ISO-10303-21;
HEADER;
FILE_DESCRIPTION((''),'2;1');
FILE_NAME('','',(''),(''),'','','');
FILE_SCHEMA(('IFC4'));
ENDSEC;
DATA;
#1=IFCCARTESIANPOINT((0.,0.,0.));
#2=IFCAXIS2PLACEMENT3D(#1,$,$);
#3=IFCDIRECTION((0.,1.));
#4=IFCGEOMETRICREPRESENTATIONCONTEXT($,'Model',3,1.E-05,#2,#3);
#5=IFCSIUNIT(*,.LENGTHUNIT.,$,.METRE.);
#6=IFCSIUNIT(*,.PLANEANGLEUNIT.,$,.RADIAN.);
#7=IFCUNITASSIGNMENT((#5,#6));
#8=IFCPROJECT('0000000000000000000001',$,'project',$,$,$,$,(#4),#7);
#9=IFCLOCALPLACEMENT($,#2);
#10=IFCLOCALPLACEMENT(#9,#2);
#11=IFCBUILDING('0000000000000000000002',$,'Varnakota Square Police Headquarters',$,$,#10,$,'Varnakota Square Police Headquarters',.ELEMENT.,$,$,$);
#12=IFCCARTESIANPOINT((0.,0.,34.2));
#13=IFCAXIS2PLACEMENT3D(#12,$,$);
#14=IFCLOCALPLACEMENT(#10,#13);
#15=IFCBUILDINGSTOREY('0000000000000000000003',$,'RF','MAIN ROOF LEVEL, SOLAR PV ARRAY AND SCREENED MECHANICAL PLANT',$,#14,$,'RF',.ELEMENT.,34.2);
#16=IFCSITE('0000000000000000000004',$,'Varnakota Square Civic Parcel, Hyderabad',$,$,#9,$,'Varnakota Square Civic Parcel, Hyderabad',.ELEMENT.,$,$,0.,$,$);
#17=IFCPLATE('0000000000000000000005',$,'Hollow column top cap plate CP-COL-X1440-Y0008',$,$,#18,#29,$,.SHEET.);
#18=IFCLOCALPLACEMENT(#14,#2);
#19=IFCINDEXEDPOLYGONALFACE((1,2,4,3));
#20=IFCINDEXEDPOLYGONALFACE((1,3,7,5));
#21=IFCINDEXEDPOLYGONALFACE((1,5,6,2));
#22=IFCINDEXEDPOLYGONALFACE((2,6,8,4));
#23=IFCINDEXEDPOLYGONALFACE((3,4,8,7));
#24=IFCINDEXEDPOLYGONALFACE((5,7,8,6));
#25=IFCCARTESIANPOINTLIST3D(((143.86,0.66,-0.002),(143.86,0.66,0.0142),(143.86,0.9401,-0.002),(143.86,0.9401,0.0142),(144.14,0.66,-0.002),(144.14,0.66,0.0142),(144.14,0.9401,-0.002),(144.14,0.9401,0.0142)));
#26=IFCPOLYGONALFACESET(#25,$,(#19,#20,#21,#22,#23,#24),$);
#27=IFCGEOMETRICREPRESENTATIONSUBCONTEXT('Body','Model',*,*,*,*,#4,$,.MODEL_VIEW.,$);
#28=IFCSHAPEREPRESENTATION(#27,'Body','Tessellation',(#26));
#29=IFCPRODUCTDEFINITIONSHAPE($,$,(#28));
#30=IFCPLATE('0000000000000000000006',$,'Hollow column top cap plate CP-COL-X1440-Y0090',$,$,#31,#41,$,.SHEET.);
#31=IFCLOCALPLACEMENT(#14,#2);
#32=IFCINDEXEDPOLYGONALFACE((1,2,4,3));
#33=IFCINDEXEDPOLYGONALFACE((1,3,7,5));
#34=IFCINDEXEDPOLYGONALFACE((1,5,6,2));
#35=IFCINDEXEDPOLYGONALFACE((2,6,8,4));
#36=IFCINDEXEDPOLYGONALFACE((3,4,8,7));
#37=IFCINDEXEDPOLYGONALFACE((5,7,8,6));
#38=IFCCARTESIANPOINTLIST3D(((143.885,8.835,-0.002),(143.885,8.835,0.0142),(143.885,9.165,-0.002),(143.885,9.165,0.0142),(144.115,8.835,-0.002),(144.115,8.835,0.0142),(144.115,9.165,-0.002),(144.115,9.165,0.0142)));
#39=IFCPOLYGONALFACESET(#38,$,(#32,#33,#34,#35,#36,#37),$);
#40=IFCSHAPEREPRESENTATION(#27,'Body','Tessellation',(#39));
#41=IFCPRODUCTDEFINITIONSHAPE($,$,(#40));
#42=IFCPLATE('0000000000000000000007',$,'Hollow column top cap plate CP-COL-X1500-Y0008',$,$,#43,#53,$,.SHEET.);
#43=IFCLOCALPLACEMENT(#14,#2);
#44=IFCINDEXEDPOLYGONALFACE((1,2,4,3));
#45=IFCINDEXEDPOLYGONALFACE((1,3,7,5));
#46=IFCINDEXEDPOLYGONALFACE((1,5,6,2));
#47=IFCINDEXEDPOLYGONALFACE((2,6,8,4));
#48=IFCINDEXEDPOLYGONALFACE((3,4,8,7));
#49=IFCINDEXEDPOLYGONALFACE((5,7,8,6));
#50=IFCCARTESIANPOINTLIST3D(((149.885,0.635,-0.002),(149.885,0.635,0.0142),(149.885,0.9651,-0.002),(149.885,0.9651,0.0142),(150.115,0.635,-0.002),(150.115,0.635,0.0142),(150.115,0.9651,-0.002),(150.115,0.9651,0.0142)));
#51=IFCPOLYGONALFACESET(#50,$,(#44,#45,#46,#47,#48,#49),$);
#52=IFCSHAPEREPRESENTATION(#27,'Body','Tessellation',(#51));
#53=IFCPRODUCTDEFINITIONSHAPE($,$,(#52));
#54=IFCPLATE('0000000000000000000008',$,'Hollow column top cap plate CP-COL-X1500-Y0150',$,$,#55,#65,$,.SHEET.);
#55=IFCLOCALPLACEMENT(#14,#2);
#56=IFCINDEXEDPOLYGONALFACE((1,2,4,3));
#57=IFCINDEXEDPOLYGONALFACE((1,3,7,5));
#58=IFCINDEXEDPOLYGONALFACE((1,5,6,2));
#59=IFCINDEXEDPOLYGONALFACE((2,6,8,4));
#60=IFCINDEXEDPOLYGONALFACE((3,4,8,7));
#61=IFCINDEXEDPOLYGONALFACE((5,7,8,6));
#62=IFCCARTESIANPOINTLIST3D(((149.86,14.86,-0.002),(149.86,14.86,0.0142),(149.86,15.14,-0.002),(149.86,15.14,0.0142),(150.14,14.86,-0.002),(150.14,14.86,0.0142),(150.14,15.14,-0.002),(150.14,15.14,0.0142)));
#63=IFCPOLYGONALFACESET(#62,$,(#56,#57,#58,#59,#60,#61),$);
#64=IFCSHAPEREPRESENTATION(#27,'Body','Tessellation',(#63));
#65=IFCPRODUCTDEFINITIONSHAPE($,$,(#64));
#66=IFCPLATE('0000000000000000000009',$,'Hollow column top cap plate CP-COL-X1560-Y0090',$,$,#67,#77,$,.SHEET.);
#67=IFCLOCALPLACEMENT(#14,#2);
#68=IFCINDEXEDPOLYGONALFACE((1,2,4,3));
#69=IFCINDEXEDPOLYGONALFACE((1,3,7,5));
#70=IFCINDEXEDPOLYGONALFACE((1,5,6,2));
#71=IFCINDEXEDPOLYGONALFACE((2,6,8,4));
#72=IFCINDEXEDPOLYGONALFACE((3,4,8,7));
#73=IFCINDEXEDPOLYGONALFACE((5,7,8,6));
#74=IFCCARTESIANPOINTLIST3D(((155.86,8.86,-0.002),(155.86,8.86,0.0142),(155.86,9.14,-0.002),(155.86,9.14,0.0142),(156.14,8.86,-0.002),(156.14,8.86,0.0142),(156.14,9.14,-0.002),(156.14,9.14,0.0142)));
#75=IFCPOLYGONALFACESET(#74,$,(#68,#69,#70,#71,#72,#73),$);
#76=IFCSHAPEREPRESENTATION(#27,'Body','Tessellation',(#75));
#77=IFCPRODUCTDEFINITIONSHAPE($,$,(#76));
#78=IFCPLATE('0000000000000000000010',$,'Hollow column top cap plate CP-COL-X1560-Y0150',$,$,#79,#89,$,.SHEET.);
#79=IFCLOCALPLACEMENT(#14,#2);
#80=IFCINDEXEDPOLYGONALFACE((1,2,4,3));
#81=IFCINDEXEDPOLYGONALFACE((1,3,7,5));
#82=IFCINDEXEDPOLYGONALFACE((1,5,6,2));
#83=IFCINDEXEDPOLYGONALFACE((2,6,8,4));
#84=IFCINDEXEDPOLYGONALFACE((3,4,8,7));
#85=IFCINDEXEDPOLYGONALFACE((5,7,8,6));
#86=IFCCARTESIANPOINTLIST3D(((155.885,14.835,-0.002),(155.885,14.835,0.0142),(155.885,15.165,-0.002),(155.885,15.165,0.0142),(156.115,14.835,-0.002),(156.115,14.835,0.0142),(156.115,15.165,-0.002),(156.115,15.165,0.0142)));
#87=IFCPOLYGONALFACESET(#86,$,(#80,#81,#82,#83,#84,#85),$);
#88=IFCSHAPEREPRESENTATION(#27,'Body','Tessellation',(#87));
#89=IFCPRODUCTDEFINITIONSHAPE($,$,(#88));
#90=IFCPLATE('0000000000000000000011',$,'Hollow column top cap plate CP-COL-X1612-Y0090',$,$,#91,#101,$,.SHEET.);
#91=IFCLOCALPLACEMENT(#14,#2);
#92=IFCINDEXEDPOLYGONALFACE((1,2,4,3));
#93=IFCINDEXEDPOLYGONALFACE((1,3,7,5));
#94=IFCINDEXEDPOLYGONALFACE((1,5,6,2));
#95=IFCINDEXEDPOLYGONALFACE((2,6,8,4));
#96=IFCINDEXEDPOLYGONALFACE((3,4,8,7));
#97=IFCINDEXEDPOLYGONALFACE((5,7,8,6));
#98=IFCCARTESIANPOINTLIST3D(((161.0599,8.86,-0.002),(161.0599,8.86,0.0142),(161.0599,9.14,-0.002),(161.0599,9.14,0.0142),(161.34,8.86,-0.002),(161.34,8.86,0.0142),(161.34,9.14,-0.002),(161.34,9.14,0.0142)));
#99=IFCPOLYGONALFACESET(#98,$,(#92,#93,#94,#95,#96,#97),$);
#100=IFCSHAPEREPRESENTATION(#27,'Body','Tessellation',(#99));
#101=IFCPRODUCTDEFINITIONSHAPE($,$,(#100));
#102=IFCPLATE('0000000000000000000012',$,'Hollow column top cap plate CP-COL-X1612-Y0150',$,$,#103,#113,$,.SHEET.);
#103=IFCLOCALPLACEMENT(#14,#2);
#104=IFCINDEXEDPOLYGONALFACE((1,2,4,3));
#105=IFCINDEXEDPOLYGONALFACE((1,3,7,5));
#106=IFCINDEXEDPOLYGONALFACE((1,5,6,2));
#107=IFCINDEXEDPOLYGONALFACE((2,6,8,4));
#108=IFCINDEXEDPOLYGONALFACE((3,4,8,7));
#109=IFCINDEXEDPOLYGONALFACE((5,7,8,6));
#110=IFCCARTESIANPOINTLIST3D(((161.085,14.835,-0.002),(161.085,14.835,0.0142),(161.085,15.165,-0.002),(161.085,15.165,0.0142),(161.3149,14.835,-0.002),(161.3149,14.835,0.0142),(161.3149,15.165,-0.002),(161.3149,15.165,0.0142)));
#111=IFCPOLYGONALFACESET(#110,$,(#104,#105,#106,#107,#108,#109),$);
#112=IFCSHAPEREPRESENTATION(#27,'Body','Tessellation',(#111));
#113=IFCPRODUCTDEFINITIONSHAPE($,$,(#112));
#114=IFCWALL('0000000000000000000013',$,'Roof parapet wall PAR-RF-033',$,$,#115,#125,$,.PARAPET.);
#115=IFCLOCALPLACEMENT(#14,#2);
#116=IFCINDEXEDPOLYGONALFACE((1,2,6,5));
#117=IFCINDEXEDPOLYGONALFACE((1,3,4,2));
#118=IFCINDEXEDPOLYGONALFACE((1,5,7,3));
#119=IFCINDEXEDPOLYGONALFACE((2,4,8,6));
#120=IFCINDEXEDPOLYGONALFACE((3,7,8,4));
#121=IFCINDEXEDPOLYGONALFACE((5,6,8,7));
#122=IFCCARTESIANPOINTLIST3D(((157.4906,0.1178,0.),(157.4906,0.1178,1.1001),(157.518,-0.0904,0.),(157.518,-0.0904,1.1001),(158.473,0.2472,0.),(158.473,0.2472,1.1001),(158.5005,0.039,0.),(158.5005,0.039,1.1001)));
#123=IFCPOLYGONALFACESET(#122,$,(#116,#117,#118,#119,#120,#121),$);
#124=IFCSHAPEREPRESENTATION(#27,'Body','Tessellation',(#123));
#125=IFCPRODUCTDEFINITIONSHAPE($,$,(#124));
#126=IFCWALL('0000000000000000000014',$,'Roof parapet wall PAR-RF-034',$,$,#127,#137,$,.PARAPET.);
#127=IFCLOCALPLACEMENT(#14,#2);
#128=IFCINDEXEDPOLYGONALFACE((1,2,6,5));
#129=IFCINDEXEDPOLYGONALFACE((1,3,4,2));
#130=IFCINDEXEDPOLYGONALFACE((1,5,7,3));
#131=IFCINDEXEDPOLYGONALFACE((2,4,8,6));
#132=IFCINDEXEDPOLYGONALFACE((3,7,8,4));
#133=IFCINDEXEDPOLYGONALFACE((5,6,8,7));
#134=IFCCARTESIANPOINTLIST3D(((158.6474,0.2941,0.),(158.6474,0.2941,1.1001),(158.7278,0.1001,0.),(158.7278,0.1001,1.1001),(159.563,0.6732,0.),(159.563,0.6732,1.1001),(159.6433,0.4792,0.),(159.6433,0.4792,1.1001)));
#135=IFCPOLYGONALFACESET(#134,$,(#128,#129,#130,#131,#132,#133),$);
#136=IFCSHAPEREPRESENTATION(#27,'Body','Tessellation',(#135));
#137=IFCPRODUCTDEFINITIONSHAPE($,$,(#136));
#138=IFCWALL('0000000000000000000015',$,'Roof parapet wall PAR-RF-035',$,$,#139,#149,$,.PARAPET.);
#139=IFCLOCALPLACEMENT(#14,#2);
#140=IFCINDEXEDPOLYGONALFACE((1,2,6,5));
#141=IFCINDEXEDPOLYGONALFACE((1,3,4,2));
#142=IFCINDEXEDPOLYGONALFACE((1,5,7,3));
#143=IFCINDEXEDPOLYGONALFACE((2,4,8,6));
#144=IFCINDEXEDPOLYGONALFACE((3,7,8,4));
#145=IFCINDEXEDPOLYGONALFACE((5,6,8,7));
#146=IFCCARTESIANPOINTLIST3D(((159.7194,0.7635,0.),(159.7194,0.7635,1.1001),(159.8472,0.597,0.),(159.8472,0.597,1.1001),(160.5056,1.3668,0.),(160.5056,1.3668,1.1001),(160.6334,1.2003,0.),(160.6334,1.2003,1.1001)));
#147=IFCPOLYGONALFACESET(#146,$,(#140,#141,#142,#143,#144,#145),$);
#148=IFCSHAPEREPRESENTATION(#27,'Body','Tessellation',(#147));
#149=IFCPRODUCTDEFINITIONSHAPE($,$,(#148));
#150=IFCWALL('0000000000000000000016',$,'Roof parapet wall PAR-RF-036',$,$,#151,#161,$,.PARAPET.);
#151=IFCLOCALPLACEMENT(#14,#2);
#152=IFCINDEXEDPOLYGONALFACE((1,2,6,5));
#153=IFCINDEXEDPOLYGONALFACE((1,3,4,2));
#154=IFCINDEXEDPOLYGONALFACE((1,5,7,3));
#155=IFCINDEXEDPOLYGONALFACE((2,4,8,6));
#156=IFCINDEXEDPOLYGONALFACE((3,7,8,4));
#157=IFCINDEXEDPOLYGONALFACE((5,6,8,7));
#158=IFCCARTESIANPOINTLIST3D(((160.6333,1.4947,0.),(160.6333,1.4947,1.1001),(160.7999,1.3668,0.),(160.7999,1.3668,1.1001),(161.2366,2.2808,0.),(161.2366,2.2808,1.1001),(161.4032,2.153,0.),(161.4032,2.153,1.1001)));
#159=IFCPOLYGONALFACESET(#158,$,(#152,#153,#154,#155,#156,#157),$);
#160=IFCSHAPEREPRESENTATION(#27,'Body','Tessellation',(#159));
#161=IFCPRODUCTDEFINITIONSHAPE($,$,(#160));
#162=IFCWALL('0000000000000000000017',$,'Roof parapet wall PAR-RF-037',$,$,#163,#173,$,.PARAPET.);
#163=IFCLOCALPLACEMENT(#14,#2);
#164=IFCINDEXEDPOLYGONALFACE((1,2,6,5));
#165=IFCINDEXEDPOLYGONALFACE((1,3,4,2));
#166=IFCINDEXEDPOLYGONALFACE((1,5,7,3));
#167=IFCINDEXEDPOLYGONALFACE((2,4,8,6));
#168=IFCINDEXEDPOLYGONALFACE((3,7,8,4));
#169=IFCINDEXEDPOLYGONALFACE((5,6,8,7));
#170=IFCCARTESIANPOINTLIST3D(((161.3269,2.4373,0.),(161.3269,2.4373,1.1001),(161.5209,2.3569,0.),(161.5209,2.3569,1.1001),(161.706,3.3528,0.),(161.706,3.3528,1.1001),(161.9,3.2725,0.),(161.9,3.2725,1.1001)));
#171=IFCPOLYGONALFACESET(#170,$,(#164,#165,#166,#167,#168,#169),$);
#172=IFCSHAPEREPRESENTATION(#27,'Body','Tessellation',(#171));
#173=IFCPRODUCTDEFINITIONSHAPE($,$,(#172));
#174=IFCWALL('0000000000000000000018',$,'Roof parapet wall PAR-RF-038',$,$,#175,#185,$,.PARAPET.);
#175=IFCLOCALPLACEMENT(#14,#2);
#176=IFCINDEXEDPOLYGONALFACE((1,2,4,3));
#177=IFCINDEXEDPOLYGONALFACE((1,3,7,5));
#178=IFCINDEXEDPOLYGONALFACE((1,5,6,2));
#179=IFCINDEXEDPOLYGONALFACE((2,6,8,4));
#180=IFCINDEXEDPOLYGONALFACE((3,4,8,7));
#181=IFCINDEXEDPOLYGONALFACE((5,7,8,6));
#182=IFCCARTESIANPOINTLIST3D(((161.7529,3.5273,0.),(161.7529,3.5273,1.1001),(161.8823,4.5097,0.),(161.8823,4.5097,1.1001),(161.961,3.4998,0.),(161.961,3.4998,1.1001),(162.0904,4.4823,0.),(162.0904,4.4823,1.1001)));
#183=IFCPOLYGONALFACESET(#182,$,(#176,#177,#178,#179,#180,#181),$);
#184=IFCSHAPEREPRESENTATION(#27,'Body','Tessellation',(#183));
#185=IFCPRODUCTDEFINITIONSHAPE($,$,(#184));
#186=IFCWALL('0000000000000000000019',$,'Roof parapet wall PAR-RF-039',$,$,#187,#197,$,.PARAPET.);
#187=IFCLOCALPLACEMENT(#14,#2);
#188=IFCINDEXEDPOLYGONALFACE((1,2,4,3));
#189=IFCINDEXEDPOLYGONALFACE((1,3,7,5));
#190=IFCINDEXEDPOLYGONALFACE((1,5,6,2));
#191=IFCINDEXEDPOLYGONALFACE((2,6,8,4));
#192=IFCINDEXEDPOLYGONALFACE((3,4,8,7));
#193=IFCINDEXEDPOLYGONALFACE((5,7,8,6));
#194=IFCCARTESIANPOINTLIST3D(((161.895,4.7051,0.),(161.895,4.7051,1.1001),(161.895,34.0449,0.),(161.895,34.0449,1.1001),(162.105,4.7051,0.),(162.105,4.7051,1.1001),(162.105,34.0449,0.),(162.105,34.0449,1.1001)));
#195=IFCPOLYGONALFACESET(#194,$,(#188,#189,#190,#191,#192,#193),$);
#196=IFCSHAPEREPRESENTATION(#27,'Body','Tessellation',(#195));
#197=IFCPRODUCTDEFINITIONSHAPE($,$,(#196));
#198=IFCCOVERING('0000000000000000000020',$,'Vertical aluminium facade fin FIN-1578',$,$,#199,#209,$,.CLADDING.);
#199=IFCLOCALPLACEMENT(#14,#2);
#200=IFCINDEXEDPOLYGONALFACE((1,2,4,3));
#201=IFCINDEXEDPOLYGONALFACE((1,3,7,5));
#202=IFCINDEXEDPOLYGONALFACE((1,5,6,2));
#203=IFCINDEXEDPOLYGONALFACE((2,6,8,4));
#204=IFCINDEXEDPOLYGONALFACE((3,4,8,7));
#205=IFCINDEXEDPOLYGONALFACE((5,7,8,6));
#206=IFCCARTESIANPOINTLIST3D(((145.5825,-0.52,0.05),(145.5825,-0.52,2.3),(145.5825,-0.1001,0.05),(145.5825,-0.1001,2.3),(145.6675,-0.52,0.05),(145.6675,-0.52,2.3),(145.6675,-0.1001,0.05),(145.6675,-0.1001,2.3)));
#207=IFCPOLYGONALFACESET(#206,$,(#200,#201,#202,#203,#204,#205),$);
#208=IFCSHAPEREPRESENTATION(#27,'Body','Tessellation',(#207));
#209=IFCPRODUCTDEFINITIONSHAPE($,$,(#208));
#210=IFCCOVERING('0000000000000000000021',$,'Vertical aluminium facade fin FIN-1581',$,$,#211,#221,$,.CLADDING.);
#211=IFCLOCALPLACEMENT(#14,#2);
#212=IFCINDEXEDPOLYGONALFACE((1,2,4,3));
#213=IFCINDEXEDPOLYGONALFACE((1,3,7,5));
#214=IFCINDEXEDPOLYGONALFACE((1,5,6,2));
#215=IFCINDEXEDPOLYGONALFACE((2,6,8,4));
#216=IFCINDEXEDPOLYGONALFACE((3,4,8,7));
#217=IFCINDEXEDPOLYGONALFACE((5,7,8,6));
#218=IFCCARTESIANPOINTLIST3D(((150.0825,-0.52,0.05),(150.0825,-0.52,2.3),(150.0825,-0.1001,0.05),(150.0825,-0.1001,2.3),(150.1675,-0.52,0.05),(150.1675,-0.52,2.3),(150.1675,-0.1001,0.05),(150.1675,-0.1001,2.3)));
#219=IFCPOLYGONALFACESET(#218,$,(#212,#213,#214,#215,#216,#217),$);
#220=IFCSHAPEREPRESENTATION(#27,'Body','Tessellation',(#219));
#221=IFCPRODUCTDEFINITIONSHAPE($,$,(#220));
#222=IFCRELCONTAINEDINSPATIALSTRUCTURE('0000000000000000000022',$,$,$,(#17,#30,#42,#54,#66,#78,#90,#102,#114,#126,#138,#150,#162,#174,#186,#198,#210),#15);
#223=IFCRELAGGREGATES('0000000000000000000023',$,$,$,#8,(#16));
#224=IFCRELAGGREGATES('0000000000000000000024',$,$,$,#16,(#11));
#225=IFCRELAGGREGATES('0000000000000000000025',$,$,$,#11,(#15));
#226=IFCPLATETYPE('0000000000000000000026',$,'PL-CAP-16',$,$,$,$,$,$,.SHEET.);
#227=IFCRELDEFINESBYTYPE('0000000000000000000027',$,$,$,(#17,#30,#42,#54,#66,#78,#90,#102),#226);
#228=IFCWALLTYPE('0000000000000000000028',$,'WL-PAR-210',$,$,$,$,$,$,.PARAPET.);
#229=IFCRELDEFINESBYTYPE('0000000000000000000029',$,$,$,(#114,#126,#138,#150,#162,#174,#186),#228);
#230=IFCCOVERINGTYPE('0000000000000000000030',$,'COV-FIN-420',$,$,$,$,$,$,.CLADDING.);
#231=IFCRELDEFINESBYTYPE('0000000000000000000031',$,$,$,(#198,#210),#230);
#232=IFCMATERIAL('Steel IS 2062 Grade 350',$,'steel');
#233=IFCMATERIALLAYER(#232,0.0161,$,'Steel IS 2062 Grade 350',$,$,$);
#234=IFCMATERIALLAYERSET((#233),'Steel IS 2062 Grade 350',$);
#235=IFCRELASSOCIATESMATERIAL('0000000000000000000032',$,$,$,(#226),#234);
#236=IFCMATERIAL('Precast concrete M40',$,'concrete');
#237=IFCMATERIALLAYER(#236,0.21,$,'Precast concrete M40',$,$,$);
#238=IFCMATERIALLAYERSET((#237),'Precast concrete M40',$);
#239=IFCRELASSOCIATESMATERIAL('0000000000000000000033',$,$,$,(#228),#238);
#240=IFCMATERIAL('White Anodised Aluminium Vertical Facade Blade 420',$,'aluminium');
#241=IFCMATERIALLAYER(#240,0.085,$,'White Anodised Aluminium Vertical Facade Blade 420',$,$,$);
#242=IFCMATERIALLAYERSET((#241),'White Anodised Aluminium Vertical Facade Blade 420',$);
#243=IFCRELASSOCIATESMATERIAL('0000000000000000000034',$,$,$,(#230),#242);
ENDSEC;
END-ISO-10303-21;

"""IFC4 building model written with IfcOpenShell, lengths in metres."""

from ifc_helpers import new_model, si_unit, direction, frame, frame_2d, origin, origin_2d, place, context, subcontext, project, spatial, rectangle, extrude, material, layer, layer_set, type_object, element, save


model = new_model("IFC4")

# Units and contexts
model_context = context("Model", 3, precision=1e-05, world=origin(), true_north=direction((0.0, 1.0)))
body_context = subcontext(model_context, "Body", "Model", "MODEL_VIEW")
ifc_project = project(units=[si_unit("LENGTHUNIT", "METRE"), si_unit("PLANEANGLEUNIT", "RADIAN")], contexts=[model_context])

# Site, building, storey
site_placement = place(None, origin())
site = spatial("IfcSite", under=ifc_project, at=site_placement, Name="Varnakota Square Civic Parcel, Hyderabad", LongName="Varnakota Square Civic Parcel, Hyderabad", CompositionType="ELEMENT", RefElevation=0.0)
building_placement = place(site_placement, origin())
building = spatial("IfcBuilding", under=site, at=building_placement, Name="Varnakota Square Police Headquarters", LongName="Varnakota Square Police Headquarters", CompositionType="ELEMENT")
storey_placement = place(building_placement, frame((0.0, 0.0, 34.2)))
storey = spatial("IfcBuildingStorey", under=building, at=storey_placement, Name="RF", Description="MAIN ROOF LEVEL, SOLAR PV ARRAY AND SCREENED MECHANICAL PLANT", LongName="RF", CompositionType="ELEMENT", Elevation=34.2)

# Plates
ifc_material_1 = material(Name="Steel IS 2062 Grade 350", Category="steel")
ifc_layer_1 = layer(ifc_material_1, 0.0161, Name="Steel IS 2062 Grade 350")
ifc_layer_set_1 = layer_set([ifc_layer_1], Name="Steel IS 2062 Grade 350")
plate_type = type_object("IfcPlateType", Name="PL-CAP-16", PredefinedType="SHEET", material=ifc_layer_set_1)
plate_1_placement = place(storey_placement, frame((144.0, 0.8, -0.002), z_axis=(0.0, 0.0, 1.0), x_axis=(1.0, 0.0, 0.0)))
element("IfcPlate", 1, at=plate_1_placement, inside=storey, type_object=plate_type, Name="Hollow column top cap plate CP-COL-X1440-Y0008", PredefinedType="SHEET", context=body_context, shape_type="SweptSolid", body=[
    extrude(rectangle(XDim=0.28, YDim=0.28, at=origin_2d()), origin(), (0.0, 0.0, 1.0), 0.0161),
])
for number, where, z_axis, x_axis, name in (
    (2, (144.0, 9.0, -0.002), (0.0, 0.0, 1.0), (1.0, 0.0, 0.0), "Hollow column top cap plate CP-COL-X1440-Y0090"),
    (3, (150.0, 0.8, -0.002), (0.0, 0.0, 1.0), (1.0, 0.0, 0.0), "Hollow column top cap plate CP-COL-X1500-Y0008"),
):
    element("IfcPlate", number, at=place(storey_placement, frame(where, z_axis=z_axis, x_axis=x_axis)), inside=storey, type_object=plate_type, Name=name, PredefinedType="SHEET", context=body_context, shape_type="SweptSolid", body=[
        extrude(rectangle(XDim=0.23, YDim=0.3301, at=origin_2d()), origin(), (0.0, 0.0, 1.0), 0.0161),
    ])
for number, where, z_axis, x_axis, name in (
    (4, (150.0, 15.0, -0.002), (0.0, 0.0, 1.0), (1.0, 0.0, 0.0), "Hollow column top cap plate CP-COL-X1500-Y0150"),
    (5, (156.0, 9.0, -0.002), (0.0, 0.0, 1.0), (1.0, 0.0, 0.0), "Hollow column top cap plate CP-COL-X1560-Y0090"),
):
    element("IfcPlate", number, at=place(storey_placement, frame(where, z_axis=z_axis, x_axis=x_axis)), inside=storey, type_object=plate_type, Name=name, PredefinedType="SHEET", context=body_context, shape_type="SweptSolid", body=[
        extrude(rectangle(XDim=0.28, YDim=0.28, at=origin_2d()), origin(), (0.0, 0.0, 1.0), 0.0161),
    ])
plate_2_placement = place(storey_placement, frame((156.0, 15.0, -0.002), z_axis=(0.0, 0.0, 1.0), x_axis=(1.0, 0.0, 0.0)))
element("IfcPlate", 6, at=plate_2_placement, inside=storey, type_object=plate_type, Name="Hollow column top cap plate CP-COL-X1560-Y0150", PredefinedType="SHEET", context=body_context, shape_type="SweptSolid", body=[
    extrude(rectangle(XDim=0.23, YDim=0.3301, at=origin_2d()), origin(), (0.0, 0.0, 1.0), 0.0161),
])
plate_3_placement = place(storey_placement, frame((161.2, 9.0, -0.002), z_axis=(0.0, 0.0, 1.0), x_axis=(1.0, 0.0, 0.0)))
element("IfcPlate", 7, at=plate_3_placement, inside=storey, type_object=plate_type, Name="Hollow column top cap plate CP-COL-X1612-Y0090", PredefinedType="SHEET", context=body_context, shape_type="SweptSolid", body=[
    extrude(rectangle(XDim=0.28, YDim=0.28, at=origin_2d()), origin(), (0.0, 0.0, 1.0), 0.0161),
])
plate_4_placement = place(storey_placement, frame((161.2, 15.0, -0.002), z_axis=(0.0, 0.0, 1.0), x_axis=(1.0, 0.0, 0.0)))
element("IfcPlate", 8, at=plate_4_placement, inside=storey, type_object=plate_type, Name="Hollow column top cap plate CP-COL-X1612-Y0150", PredefinedType="SHEET", context=body_context, shape_type="SweptSolid", body=[
    extrude(rectangle(XDim=0.23, YDim=0.3301, at=origin_2d()), origin(), (0.0, 0.0, 1.0), 0.0161),
])

# Walls
ifc_material_2 = material(Name="Precast concrete M40", Category="concrete")
ifc_layer_2 = layer(ifc_material_2, 0.21, Name="Precast concrete M40")
ifc_layer_set_2 = layer_set([ifc_layer_2], Name="Precast concrete M40")
wall_type = type_object("IfcWallType", Name="WL-PAR-210", PredefinedType="PARAPET", material=ifc_layer_set_2)
for number, where, z_axis, x_axis, name in (
    (9, (157.5042, 0.0137, 0.0), (0.0, 0.0, 1.0), (0.991438, 0.130582, 0.0), "Roof parapet wall PAR-RF-033"),
    (10, (158.6875, 0.197, 0.0), (0.0, 0.0, 1.0), (0.923906, 0.38262, 0.0), "Roof parapet wall PAR-RF-034"),
    (11, (159.7832, 0.6802, 0.0), (0.0, 0.0, 1.0), (0.793329, 0.608794, 0.0), "Roof parapet wall PAR-RF-035"),
    (12, (160.7166, 1.4307, 0.0), (0.0, 0.0, 1.0), (0.608794, 0.793329, 0.0), "Roof parapet wall PAR-RF-036"),
    (13, (161.4238, 2.397, 0.0), (0.0, 0.0, 1.0), (0.38262, 0.923906, 0.0), "Roof parapet wall PAR-RF-037"),
    (14, (161.8569, 3.5134, 0.0), (0.0, 0.0, 1.0), (0.130582, 0.991438, 0.0), "Roof parapet wall PAR-RF-038"),
):
    element("IfcWall", number, at=place(storey_placement, frame(where, z_axis=z_axis, x_axis=x_axis)), inside=storey, type_object=wall_type, Name=name, PredefinedType="PARAPET", context=body_context, shape_type="SweptSolid", body=[
        extrude(rectangle(XDim=0.991, YDim=0.21, at=frame_2d((0.4956, 0.0))), origin(), (0.0, 0.0, 1.0), 1.1001),
    ])
wall_placement = place(storey_placement, frame((162.0, 4.7051, 0.0), z_axis=(0.0, 0.0, 1.0), x_axis=(0.0, 1.0, 0.0)))
element("IfcWall", 15, at=wall_placement, inside=storey, type_object=wall_type, Name="Roof parapet wall PAR-RF-039", PredefinedType="PARAPET", context=body_context, shape_type="SweptSolid", body=[
    extrude(rectangle(XDim=29.3398, YDim=0.21, at=frame_2d((14.6699, 0.0))), origin(), (0.0, 0.0, 1.0), 1.1001),
])

# Coverings
ifc_material_3 = material(Name="White Anodised Aluminium Vertical Facade Blade 420", Category="aluminium")
ifc_layer_3 = layer(ifc_material_3, 0.085, Name="White Anodised Aluminium Vertical Facade Blade 420")
ifc_layer_set_3 = layer_set([ifc_layer_3], Name="White Anodised Aluminium Vertical Facade Blade 420")
covering_type_1 = type_object("IfcCoveringType", Name="COV-FIN-420", PredefinedType="CLADDING", material=ifc_layer_set_3)
for number, where, z_axis, x_axis, name in (
    (16, (145.625, -0.3101, 0.05), (0.0, 0.0, 1.0), (1.0, 0.0, 0.0), "Vertical aluminium facade fin FIN-1578"),
    (17, (150.125, -0.3101, 0.05), (0.0, 0.0, 1.0), (1.0, 0.0, 0.0), "Vertical aluminium facade fin FIN-1581"),
):
    element("IfcCovering", number, at=place(storey_placement, frame(where, z_axis=z_axis, x_axis=x_axis)), inside=storey, type_object=covering_type_1, Name=name, PredefinedType="CLADDING", context=body_context, shape_type="SweptSolid", body=[
        extrude(rectangle(XDim=0.085, YDim=0.4199, at=origin_2d()), origin(), (0.0, 0.0, 1.0), 2.25),
    ])

save(model, "model.ifc")
